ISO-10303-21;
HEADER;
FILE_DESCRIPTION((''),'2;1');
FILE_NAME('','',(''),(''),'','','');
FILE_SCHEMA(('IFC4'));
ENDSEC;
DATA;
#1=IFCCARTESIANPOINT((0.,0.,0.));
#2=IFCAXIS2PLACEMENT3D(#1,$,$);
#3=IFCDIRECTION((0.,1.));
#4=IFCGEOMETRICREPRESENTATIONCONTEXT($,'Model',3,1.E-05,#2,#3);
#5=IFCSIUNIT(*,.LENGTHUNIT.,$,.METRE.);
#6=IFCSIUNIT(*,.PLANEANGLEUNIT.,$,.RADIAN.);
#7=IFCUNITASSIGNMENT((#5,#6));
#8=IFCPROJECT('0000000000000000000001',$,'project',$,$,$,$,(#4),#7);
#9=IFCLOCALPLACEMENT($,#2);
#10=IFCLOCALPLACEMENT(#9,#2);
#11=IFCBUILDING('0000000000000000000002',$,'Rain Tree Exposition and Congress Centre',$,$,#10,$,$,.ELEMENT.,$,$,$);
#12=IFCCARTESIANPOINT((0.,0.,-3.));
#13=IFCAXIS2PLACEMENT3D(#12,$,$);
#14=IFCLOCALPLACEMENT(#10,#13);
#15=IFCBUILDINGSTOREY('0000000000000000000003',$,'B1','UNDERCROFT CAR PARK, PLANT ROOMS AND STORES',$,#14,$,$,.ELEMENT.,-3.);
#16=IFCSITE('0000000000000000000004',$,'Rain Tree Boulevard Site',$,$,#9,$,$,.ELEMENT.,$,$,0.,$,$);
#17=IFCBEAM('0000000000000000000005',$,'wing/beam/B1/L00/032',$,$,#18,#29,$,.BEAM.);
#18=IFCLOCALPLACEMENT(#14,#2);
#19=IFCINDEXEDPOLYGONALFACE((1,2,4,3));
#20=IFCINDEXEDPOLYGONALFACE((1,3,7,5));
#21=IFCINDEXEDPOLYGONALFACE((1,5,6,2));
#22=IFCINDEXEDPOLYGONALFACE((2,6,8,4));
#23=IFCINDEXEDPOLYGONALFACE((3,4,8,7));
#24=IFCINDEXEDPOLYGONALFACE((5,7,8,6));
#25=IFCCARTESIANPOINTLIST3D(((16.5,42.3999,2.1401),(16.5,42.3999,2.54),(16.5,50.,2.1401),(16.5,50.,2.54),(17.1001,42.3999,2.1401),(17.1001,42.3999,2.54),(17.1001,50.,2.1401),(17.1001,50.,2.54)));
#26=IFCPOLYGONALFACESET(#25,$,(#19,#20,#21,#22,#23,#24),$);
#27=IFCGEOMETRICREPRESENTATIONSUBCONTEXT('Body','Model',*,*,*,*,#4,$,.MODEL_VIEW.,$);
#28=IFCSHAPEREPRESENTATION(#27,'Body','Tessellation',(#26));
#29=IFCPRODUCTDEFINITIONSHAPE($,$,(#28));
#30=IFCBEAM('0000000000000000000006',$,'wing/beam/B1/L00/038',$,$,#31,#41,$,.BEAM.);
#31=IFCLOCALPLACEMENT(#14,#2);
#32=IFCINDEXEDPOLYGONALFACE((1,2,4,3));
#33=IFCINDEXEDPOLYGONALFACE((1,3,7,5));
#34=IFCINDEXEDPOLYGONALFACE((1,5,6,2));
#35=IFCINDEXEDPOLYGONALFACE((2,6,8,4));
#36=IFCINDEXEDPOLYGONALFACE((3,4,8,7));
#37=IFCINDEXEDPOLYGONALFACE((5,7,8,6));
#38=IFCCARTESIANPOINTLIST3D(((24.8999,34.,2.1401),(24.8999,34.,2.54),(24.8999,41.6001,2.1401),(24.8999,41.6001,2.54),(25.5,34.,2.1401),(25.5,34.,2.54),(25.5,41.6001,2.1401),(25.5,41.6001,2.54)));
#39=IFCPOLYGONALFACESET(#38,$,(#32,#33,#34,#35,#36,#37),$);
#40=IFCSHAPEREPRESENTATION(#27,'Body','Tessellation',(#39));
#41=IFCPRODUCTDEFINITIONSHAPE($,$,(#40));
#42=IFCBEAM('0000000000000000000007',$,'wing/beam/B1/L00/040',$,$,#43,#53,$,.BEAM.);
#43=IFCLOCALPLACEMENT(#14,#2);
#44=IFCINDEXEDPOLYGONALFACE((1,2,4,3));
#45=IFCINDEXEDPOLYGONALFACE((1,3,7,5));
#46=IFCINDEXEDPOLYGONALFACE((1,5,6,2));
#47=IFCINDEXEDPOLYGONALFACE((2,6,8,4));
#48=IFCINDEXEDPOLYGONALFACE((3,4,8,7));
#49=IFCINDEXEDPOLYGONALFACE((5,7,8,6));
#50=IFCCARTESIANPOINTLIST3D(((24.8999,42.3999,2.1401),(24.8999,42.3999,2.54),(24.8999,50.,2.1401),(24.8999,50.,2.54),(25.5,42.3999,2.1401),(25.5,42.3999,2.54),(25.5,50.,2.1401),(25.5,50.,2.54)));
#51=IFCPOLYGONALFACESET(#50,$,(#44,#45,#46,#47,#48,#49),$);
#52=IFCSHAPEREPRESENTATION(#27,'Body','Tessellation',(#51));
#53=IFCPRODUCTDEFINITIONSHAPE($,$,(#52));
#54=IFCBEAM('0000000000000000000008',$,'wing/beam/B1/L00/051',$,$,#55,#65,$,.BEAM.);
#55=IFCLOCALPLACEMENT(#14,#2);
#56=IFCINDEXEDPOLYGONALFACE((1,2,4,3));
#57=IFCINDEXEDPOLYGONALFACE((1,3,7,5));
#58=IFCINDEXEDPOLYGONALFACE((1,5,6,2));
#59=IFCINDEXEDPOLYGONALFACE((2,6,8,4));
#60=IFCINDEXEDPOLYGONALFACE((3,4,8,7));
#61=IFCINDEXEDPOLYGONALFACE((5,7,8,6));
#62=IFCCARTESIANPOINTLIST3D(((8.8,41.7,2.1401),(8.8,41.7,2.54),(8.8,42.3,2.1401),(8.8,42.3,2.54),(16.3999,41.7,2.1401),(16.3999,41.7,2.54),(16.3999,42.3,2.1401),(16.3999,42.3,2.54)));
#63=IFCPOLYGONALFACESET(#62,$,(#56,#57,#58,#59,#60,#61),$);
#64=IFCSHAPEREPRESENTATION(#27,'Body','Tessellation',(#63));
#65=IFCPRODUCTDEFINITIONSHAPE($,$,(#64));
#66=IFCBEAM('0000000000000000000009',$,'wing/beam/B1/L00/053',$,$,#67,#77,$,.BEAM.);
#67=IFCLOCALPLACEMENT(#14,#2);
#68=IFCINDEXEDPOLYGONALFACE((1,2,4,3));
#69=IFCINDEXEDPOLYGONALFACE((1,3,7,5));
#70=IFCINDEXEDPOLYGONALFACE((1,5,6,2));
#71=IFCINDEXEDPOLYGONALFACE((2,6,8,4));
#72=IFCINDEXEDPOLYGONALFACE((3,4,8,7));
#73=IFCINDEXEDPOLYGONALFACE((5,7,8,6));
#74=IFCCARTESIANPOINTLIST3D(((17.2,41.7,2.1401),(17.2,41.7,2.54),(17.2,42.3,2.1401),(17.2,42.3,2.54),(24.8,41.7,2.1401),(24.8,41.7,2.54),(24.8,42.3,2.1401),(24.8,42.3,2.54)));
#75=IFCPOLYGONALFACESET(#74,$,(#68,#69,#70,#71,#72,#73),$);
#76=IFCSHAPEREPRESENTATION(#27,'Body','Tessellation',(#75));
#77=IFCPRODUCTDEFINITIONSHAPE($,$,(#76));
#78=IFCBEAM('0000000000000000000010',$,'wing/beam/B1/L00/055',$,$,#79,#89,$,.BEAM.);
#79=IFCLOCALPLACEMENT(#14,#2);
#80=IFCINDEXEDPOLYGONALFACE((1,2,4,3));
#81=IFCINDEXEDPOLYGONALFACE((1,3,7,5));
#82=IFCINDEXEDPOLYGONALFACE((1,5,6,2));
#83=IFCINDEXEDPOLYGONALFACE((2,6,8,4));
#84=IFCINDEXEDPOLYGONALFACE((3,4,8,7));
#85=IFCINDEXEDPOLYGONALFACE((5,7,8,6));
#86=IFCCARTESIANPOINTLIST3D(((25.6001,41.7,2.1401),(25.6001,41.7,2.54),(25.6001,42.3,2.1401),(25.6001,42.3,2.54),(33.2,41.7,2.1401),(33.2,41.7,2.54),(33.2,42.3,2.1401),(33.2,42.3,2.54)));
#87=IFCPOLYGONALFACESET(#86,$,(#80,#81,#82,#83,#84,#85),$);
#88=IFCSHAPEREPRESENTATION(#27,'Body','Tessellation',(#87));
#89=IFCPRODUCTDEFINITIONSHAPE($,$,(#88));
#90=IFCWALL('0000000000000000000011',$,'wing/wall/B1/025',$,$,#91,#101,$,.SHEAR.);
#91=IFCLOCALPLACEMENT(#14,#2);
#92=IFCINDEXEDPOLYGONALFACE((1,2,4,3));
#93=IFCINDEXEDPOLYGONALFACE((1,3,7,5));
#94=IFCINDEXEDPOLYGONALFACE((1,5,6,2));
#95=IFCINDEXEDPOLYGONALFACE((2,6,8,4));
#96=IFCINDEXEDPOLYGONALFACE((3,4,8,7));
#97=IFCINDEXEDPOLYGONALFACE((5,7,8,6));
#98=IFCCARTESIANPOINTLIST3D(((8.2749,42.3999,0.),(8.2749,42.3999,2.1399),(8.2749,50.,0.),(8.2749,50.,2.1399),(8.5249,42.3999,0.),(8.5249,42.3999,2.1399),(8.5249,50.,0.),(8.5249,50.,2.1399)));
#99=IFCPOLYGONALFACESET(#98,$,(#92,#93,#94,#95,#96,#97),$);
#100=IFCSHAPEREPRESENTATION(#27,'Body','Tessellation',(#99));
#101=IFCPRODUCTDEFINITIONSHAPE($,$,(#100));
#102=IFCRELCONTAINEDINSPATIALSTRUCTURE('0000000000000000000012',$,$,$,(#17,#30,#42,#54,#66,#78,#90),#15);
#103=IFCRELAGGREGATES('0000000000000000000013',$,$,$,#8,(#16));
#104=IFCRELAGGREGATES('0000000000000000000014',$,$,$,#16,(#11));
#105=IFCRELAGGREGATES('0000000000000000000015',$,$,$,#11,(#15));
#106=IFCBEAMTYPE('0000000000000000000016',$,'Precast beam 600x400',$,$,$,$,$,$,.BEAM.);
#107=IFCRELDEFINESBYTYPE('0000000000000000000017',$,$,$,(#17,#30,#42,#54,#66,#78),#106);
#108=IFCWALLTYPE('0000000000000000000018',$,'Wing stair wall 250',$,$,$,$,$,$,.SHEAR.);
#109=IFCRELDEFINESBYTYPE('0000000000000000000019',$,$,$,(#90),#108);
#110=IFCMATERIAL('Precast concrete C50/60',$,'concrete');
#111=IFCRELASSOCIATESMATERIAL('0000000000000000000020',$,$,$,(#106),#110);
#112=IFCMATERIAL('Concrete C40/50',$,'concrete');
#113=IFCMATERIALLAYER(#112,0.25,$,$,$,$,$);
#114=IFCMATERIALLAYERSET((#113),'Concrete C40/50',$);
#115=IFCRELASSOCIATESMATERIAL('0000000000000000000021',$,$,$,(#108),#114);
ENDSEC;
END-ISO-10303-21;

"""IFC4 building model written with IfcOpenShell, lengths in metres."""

from ifc_helpers import new_model, si_unit, direction, frame, frame_2d, origin, origin_2d, place, context, subcontext, project, spatial, rectangle, extrude, material, layer, layer_set, material_profile, profile_set, type_object, element, save


model = new_model("IFC4")

# Units and contexts
model_context = context("Model", 3, precision=1e-05, world=origin(), true_north=direction((0.0, 1.0)))
body_context = subcontext(model_context, "Body", "Model", "MODEL_VIEW")
ifc_project = project(units=[si_unit("LENGTHUNIT", "METRE"), si_unit("PLANEANGLEUNIT", "RADIAN")], contexts=[model_context])

# Site, building, storey
site_placement = place(None, origin())
site = spatial("IfcSite", under=ifc_project, at=site_placement, Name="Rain Tree Boulevard Site", CompositionType="ELEMENT", RefElevation=0.0)
building_placement = place(site_placement, origin())
building = spatial("IfcBuilding", under=site, at=building_placement, Name="Rain Tree Exposition and Congress Centre", CompositionType="ELEMENT")
storey_placement = place(building_placement, frame((0.0, 0.0, -3.0)))
storey = spatial("IfcBuildingStorey", under=building, at=storey_placement, Name="B1", Description="UNDERCROFT CAR PARK, PLANT ROOMS AND STORES", CompositionType="ELEMENT", Elevation=-3.0)

# Beams
ifc_material_1 = material(Name="Precast concrete C50/60", Category="concrete")
ifc_material_profile_1 = material_profile(ifc_material_1, rectangle(XDim=0.6001, YDim=0.3999, at=origin_2d()), Name="RC 600x400")
ifc_profile_set_1 = profile_set([ifc_material_profile_1], Name="Precast concrete C50/60")
beam_type = type_object("IfcBeamType", Name="Precast beam 600x400", PredefinedType="BEAM", material=ifc_profile_set_1)
for number, where, z_axis, x_axis, name in (
    (1, (16.8, 42.3999, 2.3401), (0.0, 1.0, 0.0), (-1.0, 0.0, 0.0), "wing/beam/B1/L00/032"),
    (2, (25.2, 34.0, 2.3401), (0.0, 1.0, 0.0), (-1.0, 0.0, 0.0), "wing/beam/B1/L00/038"),
    (3, (25.2, 42.3999, 2.3401), (0.0, 1.0, 0.0), (-1.0, 0.0, 0.0), "wing/beam/B1/L00/040"),
):
    element("IfcBeam", number, at=place(storey_placement, frame(where, z_axis=z_axis, x_axis=x_axis)), inside=storey, type_object=beam_type, Name=name, PredefinedType="BEAM", context=body_context, shape_type="SweptSolid", body=[
        extrude(rectangle(XDim=0.6001, YDim=0.3999, at=origin_2d()), origin(), (0.0, 0.0, 1.0), 7.6001),
    ])
beam_1_placement = place(storey_placement, frame((8.8, 42.0, 2.3401), z_axis=(1.0, 0.0, 0.0), x_axis=(0.0, 1.0, 0.0)))
element("IfcBeam", 4, at=beam_1_placement, inside=storey, type_object=beam_type, Name="wing/beam/B1/L00/051", PredefinedType="BEAM", context=body_context, shape_type="SweptSolid", body=[
    extrude(rectangle(XDim=0.6001, YDim=0.3999, at=origin_2d()), origin(), (0.0, 0.0, 1.0), 7.5999),
])
beam_2_placement = place(storey_placement, frame((17.2, 42.0, 2.3401), z_axis=(1.0, 0.0, 0.0), x_axis=(0.0, 1.0, 0.0)))
element("IfcBeam", 5, at=beam_2_placement, inside=storey, type_object=beam_type, Name="wing/beam/B1/L00/053", PredefinedType="BEAM", context=body_context, shape_type="SweptSolid", body=[
    extrude(rectangle(XDim=0.6001, YDim=0.3999, at=origin_2d()), origin(), (0.0, 0.0, 1.0), 7.6001),
])
beam_3_placement = place(storey_placement, frame((25.6001, 42.0, 2.3401), z_axis=(1.0, 0.0, 0.0), x_axis=(0.0, 1.0, 0.0)))
element("IfcBeam", 6, at=beam_3_placement, inside=storey, type_object=beam_type, Name="wing/beam/B1/L00/055", PredefinedType="BEAM", context=body_context, shape_type="SweptSolid", body=[
    extrude(rectangle(XDim=0.6001, YDim=0.3999, at=origin_2d()), origin(), (0.0, 0.0, 1.0), 7.5999),
])

# Wall
ifc_material_2 = material(Name="Concrete C40/50", Category="concrete")
ifc_layer = layer(ifc_material_2, 0.25)
ifc_layer_set = layer_set([ifc_layer], Name="Concrete C40/50")
wall_type = type_object("IfcWallType", Name="Wing stair wall 250", PredefinedType="SHEAR", material=ifc_layer_set)
wall_placement = place(storey_placement, frame((8.3999, 42.3999, 0.0), z_axis=(0.0, 0.0, 1.0), x_axis=(0.0, 1.0, 0.0)))
element("IfcWall", 7, at=wall_placement, inside=storey, type_object=wall_type, Name="wing/wall/B1/025", PredefinedType="SHEAR", context=body_context, shape_type="SweptSolid", body=[
    extrude(rectangle(XDim=7.6001, YDim=0.25, at=frame_2d((3.8, 0.0))), origin(), (0.0, 0.0, 1.0), 2.1399),
])

save(model, "model.ifc")
